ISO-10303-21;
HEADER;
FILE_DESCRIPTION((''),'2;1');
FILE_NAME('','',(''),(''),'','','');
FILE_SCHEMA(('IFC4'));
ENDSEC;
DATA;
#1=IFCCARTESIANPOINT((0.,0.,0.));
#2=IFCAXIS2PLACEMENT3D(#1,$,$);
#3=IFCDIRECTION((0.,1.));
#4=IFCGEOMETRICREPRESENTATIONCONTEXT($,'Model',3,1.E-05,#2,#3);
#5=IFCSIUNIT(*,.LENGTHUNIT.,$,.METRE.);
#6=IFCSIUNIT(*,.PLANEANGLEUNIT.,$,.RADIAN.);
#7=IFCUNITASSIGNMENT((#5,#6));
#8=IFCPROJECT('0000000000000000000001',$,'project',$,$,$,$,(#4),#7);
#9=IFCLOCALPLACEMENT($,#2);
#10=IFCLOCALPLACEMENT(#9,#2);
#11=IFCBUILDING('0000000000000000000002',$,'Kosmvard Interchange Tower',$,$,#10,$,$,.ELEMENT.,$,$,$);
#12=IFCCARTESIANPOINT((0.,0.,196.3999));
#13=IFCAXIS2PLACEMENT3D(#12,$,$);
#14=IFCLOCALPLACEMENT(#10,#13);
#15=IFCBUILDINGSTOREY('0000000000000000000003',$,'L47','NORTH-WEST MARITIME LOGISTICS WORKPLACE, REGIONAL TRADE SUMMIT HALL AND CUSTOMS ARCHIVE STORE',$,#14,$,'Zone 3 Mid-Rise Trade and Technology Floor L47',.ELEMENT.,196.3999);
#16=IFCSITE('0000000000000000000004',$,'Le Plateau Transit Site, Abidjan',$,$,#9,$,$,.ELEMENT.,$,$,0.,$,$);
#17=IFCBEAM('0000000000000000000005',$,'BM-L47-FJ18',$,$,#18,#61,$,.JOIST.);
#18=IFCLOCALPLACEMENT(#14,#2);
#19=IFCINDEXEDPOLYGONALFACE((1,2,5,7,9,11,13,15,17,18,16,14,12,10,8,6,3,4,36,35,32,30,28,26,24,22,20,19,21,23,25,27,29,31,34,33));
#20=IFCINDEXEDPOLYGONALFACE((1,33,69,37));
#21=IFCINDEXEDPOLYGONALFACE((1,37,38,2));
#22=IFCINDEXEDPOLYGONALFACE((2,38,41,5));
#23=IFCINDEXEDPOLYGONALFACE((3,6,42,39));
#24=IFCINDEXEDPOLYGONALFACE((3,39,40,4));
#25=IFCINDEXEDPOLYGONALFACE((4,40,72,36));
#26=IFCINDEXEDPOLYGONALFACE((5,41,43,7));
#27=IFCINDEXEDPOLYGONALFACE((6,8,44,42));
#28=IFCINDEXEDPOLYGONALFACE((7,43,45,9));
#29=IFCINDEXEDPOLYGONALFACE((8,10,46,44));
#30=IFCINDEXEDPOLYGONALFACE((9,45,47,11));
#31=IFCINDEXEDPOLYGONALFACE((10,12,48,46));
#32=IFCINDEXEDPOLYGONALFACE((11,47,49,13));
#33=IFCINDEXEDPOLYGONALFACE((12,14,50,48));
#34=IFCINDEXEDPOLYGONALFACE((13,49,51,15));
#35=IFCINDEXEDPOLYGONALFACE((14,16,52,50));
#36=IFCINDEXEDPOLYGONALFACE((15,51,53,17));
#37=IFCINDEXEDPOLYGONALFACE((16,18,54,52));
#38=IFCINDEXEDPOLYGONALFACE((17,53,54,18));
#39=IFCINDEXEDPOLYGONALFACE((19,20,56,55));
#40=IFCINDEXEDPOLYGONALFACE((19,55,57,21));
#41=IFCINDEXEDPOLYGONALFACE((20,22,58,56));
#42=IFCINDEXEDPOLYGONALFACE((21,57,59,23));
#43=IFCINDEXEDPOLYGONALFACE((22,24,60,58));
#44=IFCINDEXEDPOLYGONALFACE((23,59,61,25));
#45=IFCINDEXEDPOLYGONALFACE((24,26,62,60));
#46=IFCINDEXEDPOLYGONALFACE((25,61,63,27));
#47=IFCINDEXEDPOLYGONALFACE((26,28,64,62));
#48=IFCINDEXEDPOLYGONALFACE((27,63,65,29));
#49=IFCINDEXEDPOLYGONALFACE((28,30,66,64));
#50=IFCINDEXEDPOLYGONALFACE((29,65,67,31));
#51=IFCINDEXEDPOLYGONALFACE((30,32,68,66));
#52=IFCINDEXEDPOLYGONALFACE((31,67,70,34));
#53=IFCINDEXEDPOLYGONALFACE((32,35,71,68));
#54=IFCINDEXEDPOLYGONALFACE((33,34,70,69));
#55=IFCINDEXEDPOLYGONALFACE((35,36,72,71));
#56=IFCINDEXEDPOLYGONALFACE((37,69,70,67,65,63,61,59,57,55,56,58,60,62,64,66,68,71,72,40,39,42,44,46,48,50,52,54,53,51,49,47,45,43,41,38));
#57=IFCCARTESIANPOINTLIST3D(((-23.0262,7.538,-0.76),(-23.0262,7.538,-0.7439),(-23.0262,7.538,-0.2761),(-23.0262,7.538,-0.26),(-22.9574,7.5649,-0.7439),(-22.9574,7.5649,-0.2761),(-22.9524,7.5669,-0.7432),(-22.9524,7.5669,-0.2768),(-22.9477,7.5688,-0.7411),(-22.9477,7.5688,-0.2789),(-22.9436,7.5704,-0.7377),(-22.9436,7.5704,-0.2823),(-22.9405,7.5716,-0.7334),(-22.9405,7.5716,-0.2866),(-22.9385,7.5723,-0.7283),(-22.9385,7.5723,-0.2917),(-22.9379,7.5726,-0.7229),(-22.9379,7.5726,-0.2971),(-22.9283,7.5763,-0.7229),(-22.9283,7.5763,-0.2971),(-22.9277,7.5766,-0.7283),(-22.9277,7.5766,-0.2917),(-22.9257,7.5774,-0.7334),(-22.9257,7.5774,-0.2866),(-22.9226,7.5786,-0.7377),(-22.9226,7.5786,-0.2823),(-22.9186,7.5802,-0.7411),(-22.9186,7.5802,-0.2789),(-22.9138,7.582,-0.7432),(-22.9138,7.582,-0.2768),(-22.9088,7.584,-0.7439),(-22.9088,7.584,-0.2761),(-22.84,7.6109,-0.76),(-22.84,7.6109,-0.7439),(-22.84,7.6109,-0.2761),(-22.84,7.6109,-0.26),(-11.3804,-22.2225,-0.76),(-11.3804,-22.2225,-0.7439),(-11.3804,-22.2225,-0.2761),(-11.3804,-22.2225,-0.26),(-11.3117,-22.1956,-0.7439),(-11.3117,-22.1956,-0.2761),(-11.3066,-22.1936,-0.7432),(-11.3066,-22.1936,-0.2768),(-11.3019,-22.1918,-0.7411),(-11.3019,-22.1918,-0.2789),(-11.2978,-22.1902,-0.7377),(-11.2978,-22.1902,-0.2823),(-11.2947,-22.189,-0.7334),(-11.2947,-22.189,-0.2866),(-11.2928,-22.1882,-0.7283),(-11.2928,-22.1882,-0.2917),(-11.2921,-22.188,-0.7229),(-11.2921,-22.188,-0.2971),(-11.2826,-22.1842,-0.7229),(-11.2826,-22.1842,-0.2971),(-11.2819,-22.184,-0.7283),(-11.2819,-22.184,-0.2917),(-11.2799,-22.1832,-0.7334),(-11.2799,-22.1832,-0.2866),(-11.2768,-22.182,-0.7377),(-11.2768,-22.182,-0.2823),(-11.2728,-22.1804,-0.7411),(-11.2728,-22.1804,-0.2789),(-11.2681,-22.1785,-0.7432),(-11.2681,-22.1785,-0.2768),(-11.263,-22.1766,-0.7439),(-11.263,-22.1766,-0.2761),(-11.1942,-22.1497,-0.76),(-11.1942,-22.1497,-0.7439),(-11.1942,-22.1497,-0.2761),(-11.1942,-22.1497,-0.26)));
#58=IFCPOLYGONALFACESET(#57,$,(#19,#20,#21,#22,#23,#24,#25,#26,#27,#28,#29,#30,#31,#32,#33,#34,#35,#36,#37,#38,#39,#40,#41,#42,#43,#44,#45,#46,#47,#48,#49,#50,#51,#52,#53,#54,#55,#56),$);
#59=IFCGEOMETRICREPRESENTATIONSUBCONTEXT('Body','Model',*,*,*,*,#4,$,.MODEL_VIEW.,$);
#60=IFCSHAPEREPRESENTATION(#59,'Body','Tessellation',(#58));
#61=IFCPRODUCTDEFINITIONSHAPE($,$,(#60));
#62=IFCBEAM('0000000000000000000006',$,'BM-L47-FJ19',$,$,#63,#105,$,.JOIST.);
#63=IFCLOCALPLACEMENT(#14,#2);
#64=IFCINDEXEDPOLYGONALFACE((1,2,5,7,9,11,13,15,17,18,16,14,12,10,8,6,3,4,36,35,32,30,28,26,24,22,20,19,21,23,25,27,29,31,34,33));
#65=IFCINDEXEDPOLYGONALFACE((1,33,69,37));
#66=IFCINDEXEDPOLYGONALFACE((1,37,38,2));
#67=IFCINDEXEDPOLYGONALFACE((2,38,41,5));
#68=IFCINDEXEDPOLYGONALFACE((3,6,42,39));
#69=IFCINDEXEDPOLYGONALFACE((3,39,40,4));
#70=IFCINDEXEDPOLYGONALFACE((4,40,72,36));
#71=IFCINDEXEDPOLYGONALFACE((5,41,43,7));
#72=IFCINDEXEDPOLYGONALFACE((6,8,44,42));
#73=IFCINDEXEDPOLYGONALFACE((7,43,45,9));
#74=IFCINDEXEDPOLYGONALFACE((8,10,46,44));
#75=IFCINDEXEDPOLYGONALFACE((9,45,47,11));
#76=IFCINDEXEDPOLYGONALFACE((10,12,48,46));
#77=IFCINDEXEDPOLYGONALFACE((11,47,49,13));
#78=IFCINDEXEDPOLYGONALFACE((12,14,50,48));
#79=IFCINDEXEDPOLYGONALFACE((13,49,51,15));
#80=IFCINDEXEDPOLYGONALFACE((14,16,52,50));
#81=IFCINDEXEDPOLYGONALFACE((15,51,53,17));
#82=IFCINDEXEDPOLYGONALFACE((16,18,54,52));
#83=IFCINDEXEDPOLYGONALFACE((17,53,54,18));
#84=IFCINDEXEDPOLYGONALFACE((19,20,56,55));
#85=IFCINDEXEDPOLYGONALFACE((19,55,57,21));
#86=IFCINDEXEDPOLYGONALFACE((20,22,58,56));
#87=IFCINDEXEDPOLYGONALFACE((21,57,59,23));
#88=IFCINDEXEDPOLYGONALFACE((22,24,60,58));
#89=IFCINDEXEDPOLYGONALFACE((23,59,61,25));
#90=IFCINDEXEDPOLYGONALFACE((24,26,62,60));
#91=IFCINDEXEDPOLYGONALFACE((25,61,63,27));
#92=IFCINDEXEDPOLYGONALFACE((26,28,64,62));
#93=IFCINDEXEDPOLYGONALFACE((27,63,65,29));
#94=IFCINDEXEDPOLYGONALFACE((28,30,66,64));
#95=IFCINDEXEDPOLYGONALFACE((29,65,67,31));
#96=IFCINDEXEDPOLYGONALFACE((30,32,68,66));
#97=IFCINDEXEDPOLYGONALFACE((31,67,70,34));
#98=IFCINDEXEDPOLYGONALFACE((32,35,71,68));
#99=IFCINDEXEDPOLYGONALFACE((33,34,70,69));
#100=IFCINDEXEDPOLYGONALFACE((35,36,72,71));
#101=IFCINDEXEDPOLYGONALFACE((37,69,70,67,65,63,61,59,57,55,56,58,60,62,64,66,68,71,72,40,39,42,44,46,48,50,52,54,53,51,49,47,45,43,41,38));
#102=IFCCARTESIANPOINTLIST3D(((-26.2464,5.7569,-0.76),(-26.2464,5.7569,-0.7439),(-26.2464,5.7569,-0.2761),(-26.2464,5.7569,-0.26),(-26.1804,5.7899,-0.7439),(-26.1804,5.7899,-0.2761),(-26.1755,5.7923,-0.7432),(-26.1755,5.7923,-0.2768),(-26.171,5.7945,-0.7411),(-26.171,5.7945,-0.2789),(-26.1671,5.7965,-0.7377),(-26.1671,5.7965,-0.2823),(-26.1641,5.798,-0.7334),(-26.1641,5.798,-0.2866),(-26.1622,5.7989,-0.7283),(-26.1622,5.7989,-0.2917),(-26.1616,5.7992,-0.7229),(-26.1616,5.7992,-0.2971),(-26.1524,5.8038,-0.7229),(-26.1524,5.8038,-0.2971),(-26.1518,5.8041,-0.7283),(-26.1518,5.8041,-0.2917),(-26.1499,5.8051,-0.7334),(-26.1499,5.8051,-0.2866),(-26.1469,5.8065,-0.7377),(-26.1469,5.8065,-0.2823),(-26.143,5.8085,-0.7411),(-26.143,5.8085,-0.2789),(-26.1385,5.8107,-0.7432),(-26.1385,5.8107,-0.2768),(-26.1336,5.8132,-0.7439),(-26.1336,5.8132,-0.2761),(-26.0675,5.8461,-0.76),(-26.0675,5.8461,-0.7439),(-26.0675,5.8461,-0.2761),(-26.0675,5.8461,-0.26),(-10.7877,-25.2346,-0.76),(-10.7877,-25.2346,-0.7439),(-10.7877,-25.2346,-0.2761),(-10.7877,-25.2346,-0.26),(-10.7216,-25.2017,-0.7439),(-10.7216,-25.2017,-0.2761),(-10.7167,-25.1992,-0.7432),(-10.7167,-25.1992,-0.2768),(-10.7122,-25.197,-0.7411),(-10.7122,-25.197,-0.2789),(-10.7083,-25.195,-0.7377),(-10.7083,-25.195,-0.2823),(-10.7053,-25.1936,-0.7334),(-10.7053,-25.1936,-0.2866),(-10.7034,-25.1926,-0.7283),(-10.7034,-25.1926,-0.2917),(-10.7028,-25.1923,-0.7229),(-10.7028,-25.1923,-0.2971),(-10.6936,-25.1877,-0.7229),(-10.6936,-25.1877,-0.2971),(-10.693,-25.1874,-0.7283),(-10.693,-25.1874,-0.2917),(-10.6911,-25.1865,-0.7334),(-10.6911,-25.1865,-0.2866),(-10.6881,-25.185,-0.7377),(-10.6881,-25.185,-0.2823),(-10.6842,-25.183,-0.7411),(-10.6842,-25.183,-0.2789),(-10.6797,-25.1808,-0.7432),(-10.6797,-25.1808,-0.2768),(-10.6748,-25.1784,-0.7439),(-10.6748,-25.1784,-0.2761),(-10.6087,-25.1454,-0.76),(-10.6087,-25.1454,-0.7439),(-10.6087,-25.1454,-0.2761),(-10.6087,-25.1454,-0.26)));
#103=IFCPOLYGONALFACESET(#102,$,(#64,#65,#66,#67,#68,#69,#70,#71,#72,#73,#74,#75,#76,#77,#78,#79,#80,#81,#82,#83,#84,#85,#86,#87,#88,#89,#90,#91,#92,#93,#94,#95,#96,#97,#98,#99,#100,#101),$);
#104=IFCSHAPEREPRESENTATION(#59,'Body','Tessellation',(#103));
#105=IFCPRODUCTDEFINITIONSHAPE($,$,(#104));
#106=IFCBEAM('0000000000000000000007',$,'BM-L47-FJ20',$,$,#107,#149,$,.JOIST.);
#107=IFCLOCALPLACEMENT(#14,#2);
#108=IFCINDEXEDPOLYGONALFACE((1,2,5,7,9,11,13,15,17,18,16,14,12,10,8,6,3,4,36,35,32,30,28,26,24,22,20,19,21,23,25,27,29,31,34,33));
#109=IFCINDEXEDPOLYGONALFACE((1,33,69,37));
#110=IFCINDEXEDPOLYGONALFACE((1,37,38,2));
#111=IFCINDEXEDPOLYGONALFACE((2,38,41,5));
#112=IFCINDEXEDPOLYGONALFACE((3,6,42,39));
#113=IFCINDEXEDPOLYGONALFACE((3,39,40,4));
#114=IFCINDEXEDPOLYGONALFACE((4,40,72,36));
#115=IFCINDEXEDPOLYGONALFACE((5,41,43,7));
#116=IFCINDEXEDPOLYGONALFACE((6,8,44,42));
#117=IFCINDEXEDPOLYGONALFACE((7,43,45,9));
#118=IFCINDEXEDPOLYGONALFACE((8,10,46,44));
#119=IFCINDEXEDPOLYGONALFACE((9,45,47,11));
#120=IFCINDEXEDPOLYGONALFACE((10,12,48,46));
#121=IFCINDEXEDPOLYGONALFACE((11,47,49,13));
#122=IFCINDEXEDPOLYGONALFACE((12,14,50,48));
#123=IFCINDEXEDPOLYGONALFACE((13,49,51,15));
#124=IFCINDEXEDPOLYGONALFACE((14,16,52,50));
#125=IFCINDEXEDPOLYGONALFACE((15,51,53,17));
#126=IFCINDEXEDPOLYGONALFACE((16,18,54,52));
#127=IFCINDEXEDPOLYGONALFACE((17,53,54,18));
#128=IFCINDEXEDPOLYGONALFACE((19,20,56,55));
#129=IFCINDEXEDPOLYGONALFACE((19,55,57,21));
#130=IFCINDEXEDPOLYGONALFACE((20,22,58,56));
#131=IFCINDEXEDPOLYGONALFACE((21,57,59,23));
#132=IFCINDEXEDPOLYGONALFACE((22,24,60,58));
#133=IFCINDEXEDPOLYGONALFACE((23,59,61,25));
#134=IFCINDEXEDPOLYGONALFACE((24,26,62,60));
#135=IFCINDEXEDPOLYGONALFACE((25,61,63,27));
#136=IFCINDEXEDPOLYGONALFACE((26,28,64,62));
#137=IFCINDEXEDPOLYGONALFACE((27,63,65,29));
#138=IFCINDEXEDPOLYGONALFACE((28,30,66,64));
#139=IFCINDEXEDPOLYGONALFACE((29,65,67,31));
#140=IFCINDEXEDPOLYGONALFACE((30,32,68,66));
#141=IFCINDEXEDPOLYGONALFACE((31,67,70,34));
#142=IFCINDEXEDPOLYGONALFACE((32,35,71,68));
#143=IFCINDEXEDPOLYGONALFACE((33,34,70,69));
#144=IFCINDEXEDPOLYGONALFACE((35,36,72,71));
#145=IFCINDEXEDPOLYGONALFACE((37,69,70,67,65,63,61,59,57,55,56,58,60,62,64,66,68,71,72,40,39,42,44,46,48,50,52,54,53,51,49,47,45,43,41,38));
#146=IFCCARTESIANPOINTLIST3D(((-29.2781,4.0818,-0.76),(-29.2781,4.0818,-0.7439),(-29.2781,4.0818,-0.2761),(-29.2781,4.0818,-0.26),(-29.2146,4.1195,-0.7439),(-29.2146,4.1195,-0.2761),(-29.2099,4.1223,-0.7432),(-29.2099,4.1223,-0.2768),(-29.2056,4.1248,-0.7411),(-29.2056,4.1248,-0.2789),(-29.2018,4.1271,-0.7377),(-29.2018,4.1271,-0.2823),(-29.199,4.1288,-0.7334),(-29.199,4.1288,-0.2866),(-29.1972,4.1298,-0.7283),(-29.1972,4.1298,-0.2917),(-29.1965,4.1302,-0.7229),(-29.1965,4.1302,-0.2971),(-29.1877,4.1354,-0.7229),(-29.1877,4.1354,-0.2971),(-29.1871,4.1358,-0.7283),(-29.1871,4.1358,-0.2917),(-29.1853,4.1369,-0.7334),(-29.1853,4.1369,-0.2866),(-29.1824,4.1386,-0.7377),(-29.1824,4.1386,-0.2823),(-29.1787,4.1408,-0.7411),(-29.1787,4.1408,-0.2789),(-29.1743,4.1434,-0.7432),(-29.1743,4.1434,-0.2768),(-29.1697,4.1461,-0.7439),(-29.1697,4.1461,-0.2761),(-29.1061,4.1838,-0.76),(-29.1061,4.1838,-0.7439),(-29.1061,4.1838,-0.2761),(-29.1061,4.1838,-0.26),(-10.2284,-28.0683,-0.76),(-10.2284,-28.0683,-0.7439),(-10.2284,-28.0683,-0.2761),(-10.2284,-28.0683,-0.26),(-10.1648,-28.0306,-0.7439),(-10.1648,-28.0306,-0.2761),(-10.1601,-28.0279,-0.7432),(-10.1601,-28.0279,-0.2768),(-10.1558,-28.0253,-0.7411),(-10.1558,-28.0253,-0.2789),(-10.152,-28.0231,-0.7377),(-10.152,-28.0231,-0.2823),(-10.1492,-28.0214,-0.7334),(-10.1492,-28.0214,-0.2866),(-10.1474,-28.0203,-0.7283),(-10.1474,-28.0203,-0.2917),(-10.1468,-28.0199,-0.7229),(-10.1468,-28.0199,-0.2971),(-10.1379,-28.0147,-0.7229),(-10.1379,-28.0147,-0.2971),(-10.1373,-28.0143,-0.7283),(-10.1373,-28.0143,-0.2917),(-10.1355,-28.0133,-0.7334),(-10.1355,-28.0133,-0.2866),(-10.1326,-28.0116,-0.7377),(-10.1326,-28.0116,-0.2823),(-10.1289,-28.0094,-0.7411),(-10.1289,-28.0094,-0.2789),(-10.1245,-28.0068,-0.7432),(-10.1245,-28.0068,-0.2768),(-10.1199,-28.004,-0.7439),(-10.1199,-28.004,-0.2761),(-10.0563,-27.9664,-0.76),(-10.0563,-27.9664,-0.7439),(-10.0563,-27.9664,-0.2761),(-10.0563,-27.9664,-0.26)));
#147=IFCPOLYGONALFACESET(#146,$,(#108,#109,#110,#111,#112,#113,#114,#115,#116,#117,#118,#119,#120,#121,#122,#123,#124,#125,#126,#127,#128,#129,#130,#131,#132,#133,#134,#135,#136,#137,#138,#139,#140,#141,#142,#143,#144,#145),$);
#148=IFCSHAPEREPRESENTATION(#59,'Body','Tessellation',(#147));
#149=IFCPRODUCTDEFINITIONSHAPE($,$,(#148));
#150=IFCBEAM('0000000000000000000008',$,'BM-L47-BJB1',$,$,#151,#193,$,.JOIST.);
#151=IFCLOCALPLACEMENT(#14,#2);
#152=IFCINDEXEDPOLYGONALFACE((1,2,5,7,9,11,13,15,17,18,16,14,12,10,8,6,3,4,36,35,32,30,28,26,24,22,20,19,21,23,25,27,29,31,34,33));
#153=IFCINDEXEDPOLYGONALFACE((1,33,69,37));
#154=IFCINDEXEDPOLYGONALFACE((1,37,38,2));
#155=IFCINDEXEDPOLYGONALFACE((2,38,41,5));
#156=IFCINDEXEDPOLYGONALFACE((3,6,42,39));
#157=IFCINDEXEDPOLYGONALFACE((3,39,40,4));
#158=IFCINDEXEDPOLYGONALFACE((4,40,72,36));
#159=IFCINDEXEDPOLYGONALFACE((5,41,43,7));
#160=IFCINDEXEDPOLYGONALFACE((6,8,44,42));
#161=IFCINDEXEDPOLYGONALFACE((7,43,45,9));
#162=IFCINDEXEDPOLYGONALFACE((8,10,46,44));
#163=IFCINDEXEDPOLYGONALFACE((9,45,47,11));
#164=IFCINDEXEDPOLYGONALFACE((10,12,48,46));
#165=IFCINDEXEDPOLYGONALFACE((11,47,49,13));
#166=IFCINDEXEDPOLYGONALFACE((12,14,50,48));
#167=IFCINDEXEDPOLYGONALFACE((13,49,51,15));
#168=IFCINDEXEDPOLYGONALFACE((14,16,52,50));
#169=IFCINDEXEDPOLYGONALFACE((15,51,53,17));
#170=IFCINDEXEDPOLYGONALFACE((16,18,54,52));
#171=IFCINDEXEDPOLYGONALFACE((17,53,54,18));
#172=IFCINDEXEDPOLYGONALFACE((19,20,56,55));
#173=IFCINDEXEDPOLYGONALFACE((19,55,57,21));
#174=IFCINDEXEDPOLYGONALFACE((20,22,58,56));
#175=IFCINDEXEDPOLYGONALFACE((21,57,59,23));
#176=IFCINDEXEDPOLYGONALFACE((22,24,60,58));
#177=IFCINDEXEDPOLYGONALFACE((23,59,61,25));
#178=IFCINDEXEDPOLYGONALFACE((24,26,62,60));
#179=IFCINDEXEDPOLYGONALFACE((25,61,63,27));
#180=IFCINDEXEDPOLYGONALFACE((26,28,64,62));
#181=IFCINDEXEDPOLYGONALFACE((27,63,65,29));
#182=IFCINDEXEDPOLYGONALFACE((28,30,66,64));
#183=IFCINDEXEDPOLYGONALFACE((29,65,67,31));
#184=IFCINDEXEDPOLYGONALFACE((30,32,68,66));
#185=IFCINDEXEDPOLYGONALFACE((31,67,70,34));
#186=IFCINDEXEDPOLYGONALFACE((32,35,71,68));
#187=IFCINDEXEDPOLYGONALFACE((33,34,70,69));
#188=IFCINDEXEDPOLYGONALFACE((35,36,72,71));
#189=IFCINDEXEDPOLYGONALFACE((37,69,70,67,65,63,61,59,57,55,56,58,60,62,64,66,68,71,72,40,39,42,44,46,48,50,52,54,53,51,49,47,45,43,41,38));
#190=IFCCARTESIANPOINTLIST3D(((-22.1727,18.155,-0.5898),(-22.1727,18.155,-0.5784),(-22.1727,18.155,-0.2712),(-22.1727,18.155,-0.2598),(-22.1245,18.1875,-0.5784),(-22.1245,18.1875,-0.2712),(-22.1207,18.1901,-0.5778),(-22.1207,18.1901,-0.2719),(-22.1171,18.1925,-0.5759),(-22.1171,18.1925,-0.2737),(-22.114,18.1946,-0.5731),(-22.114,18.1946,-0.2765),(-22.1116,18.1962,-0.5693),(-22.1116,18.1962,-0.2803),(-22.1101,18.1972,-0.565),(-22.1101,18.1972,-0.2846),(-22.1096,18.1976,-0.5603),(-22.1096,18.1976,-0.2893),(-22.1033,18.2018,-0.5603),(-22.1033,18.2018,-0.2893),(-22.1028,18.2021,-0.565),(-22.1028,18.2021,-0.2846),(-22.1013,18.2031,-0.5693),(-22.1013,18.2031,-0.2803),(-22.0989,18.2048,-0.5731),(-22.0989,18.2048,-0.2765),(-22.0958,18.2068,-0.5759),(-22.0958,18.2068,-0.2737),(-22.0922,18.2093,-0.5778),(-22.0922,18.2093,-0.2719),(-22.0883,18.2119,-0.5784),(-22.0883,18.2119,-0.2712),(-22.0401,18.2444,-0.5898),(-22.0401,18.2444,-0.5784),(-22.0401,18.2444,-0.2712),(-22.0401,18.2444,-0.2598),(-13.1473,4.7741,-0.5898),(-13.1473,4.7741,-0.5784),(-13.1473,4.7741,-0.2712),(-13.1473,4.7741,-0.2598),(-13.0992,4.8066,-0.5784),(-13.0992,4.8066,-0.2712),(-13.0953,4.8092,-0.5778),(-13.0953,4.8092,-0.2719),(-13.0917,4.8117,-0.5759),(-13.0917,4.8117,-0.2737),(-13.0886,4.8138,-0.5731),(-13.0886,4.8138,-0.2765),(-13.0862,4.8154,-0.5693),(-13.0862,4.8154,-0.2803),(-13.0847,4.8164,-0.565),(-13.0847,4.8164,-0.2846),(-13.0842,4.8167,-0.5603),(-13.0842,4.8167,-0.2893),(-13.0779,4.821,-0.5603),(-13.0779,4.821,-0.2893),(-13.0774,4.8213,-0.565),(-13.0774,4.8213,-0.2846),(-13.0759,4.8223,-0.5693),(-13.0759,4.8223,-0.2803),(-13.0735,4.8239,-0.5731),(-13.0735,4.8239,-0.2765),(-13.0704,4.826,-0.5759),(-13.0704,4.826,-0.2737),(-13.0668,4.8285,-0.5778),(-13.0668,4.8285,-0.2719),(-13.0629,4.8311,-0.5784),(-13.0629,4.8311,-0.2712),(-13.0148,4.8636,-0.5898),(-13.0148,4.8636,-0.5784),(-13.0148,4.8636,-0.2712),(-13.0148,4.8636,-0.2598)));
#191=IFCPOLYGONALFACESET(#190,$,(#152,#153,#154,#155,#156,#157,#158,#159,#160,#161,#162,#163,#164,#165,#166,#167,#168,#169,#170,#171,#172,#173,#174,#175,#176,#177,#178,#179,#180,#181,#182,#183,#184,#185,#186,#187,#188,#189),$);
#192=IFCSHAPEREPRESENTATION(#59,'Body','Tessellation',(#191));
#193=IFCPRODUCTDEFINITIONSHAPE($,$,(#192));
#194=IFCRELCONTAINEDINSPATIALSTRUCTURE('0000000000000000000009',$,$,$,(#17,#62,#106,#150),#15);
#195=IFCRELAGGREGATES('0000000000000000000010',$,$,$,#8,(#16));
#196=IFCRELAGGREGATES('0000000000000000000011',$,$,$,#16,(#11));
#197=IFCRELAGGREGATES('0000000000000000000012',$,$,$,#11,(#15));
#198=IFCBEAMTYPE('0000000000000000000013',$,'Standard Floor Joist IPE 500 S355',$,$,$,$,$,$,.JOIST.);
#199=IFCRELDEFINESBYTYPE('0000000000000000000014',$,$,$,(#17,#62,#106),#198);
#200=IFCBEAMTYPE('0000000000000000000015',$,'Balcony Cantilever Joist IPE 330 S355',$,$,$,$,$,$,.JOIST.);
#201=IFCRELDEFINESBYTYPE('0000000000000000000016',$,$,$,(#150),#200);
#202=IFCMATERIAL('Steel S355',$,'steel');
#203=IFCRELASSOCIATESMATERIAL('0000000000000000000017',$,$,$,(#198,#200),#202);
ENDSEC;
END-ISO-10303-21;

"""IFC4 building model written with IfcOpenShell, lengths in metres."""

from ifc_helpers import new_model, si_unit, direction, frame, origin, origin_2d, place, context, subcontext, project, spatial, i_section, extrude, source, transform, mapped, material, material_profile, profile_set, type_object, element, save


model = new_model("IFC4")

# Units and contexts
model_context = context("Model", 3, precision=1e-05, world=origin(), true_north=direction((0.0, 1.0)))
body_context = subcontext(model_context, "Body", "Model", "MODEL_VIEW")
ifc_project = project(units=[si_unit("LENGTHUNIT", "METRE"), si_unit("PLANEANGLEUNIT", "RADIAN")], contexts=[model_context])

# Site, building, storey
site_placement = place(None, origin())
site = spatial("IfcSite", under=ifc_project, at=site_placement, Name="Le Plateau Transit Site, Abidjan", CompositionType="ELEMENT", RefElevation=0.0)
building_placement = place(site_placement, origin())
building = spatial("IfcBuilding", under=site, at=building_placement, Name="Kosmvard Interchange Tower", CompositionType="ELEMENT")
storey_placement = place(building_placement, frame((0.0, 0.0, 196.3999)))
storey = spatial("IfcBuildingStorey", under=building, at=storey_placement, Name="L47", Description="NORTH-WEST MARITIME LOGISTICS WORKPLACE, REGIONAL TRADE SUMMIT HALL AND CUSTOMS ARCHIVE STORE", LongName="Zone 3 Mid-Rise Trade and Technology Floor L47", CompositionType="ELEMENT", Elevation=196.3999)

# Beams
ifc_material_1 = material(Name="Steel S355", Category="steel")
ifc_material_profile_1 = material_profile(ifc_material_1, i_section(OverallWidth=0.2, OverallDepth=0.5, WebThickness=0.0103, FlangeThickness=0.0161, FilletRadius=0.021, at=origin_2d()), Name="IPE 500")
ifc_profile_set_1 = profile_set([ifc_material_profile_1], Name="Steel S355")
beam_type_1 = type_object("IfcBeamType", Name="Standard Floor Joist IPE 500 S355", PredefinedType="JOIST", material=ifc_profile_set_1)
shared_shape_1 = source(origin(), body_context, "Body", "SweptSolid", [
    extrude(i_section(OverallWidth=0.2, OverallDepth=0.5, WebThickness=0.0103, FlangeThickness=0.0161, FilletRadius=0.021, at=origin_2d()), origin(), (0.0, 0.0, 1.0), 31.958),
])
beam_1_placement = place(storey_placement, frame((-22.9331, 7.5745, -0.51), z_axis=(0.364409, -0.931239, 0.0), x_axis=(0.931239, 0.364409, 0.0)))
element("IfcBeam", 1, at=beam_1_placement, inside=storey, type_object=beam_type_1, Name="BM-L47-FJ18", PredefinedType="JOIST", context=body_context, shape_type="MappedRepresentation", body=[
    mapped(shared_shape_1, transform((0.0, 0.0, 0.0), scale=1.0)),
])
shared_shape_2 = source(origin(), body_context, "Body", "SweptSolid", [
    extrude(i_section(OverallWidth=0.2, OverallDepth=0.5, WebThickness=0.0103, FlangeThickness=0.0161, FilletRadius=0.021, at=origin_2d()), origin(), (0.0, 0.0, 1.0), 34.6331),
])
beam_2_placement = place(storey_placement, frame((-26.157, 5.8015, -0.51), z_axis=(0.446359, -0.894854, 0.0), x_axis=(0.894854, 0.446359, 0.0)))
element("IfcBeam", 2, at=beam_2_placement, inside=storey, type_object=beam_type_1, Name="BM-L47-FJ19", PredefinedType="JOIST", context=body_context, shape_type="MappedRepresentation", body=[
    mapped(shared_shape_2, transform((0.0, 0.0, 0.0), scale=1.0)),
])
shared_shape_3 = source(origin(), body_context, "Body", "SweptSolid", [
    extrude(i_section(OverallWidth=0.2, OverallDepth=0.5, WebThickness=0.0103, FlangeThickness=0.0161, FilletRadius=0.021, at=origin_2d()), origin(), (0.0, 0.0, 1.0), 37.3701),
])
beam_3_placement = place(storey_placement, frame((-29.1921, 4.1328, -0.51), z_axis=(0.50976, -0.860317, 0.0), x_axis=(0.860317, 0.50976, 0.0)))
element("IfcBeam", 3, at=beam_3_placement, inside=storey, type_object=beam_type_1, Name="BM-L47-FJ20", PredefinedType="JOIST", context=body_context, shape_type="MappedRepresentation", body=[
    mapped(shared_shape_3, transform((0.0, 0.0, 0.0), scale=1.0)),
])
ifc_material_profile_2 = material_profile(ifc_material_1, i_section(OverallWidth=0.1599, OverallDepth=0.3301, WebThickness=0.0076, FlangeThickness=0.0115, FilletRadius=0.0181, at=origin_2d()), Name="IPE 330")
ifc_profile_set_2 = profile_set([ifc_material_profile_2], Name="Steel S355")
beam_type_2 = type_object("IfcBeamType", Name="Balcony Cantilever Joist IPE 330 S355", PredefinedType="JOIST", material=ifc_profile_set_2)
shared_shape_4 = source(origin(), body_context, "Body", "SweptSolid", [
    extrude(i_section(OverallWidth=0.1599, OverallDepth=0.3301, WebThickness=0.0076, FlangeThickness=0.0115, FilletRadius=0.0181, at=origin_2d()), origin(), (0.0, 0.0, 1.0), 16.1401),
])
beam_4_placement = place(storey_placement, frame((-13.0811, 4.8188, -0.4248), z_axis=(-0.559188, 0.829041, 0.0), x_axis=(-0.829041, -0.559188, 0.0)))
element("IfcBeam", 4, at=beam_4_placement, inside=storey, type_object=beam_type_2, Name="BM-L47-BJB1", PredefinedType="JOIST", context=body_context, shape_type="MappedRepresentation", body=[
    mapped(shared_shape_4, transform((0.0, 0.0, 0.0), scale=1.0)),
])

save(model, "model.ifc")
